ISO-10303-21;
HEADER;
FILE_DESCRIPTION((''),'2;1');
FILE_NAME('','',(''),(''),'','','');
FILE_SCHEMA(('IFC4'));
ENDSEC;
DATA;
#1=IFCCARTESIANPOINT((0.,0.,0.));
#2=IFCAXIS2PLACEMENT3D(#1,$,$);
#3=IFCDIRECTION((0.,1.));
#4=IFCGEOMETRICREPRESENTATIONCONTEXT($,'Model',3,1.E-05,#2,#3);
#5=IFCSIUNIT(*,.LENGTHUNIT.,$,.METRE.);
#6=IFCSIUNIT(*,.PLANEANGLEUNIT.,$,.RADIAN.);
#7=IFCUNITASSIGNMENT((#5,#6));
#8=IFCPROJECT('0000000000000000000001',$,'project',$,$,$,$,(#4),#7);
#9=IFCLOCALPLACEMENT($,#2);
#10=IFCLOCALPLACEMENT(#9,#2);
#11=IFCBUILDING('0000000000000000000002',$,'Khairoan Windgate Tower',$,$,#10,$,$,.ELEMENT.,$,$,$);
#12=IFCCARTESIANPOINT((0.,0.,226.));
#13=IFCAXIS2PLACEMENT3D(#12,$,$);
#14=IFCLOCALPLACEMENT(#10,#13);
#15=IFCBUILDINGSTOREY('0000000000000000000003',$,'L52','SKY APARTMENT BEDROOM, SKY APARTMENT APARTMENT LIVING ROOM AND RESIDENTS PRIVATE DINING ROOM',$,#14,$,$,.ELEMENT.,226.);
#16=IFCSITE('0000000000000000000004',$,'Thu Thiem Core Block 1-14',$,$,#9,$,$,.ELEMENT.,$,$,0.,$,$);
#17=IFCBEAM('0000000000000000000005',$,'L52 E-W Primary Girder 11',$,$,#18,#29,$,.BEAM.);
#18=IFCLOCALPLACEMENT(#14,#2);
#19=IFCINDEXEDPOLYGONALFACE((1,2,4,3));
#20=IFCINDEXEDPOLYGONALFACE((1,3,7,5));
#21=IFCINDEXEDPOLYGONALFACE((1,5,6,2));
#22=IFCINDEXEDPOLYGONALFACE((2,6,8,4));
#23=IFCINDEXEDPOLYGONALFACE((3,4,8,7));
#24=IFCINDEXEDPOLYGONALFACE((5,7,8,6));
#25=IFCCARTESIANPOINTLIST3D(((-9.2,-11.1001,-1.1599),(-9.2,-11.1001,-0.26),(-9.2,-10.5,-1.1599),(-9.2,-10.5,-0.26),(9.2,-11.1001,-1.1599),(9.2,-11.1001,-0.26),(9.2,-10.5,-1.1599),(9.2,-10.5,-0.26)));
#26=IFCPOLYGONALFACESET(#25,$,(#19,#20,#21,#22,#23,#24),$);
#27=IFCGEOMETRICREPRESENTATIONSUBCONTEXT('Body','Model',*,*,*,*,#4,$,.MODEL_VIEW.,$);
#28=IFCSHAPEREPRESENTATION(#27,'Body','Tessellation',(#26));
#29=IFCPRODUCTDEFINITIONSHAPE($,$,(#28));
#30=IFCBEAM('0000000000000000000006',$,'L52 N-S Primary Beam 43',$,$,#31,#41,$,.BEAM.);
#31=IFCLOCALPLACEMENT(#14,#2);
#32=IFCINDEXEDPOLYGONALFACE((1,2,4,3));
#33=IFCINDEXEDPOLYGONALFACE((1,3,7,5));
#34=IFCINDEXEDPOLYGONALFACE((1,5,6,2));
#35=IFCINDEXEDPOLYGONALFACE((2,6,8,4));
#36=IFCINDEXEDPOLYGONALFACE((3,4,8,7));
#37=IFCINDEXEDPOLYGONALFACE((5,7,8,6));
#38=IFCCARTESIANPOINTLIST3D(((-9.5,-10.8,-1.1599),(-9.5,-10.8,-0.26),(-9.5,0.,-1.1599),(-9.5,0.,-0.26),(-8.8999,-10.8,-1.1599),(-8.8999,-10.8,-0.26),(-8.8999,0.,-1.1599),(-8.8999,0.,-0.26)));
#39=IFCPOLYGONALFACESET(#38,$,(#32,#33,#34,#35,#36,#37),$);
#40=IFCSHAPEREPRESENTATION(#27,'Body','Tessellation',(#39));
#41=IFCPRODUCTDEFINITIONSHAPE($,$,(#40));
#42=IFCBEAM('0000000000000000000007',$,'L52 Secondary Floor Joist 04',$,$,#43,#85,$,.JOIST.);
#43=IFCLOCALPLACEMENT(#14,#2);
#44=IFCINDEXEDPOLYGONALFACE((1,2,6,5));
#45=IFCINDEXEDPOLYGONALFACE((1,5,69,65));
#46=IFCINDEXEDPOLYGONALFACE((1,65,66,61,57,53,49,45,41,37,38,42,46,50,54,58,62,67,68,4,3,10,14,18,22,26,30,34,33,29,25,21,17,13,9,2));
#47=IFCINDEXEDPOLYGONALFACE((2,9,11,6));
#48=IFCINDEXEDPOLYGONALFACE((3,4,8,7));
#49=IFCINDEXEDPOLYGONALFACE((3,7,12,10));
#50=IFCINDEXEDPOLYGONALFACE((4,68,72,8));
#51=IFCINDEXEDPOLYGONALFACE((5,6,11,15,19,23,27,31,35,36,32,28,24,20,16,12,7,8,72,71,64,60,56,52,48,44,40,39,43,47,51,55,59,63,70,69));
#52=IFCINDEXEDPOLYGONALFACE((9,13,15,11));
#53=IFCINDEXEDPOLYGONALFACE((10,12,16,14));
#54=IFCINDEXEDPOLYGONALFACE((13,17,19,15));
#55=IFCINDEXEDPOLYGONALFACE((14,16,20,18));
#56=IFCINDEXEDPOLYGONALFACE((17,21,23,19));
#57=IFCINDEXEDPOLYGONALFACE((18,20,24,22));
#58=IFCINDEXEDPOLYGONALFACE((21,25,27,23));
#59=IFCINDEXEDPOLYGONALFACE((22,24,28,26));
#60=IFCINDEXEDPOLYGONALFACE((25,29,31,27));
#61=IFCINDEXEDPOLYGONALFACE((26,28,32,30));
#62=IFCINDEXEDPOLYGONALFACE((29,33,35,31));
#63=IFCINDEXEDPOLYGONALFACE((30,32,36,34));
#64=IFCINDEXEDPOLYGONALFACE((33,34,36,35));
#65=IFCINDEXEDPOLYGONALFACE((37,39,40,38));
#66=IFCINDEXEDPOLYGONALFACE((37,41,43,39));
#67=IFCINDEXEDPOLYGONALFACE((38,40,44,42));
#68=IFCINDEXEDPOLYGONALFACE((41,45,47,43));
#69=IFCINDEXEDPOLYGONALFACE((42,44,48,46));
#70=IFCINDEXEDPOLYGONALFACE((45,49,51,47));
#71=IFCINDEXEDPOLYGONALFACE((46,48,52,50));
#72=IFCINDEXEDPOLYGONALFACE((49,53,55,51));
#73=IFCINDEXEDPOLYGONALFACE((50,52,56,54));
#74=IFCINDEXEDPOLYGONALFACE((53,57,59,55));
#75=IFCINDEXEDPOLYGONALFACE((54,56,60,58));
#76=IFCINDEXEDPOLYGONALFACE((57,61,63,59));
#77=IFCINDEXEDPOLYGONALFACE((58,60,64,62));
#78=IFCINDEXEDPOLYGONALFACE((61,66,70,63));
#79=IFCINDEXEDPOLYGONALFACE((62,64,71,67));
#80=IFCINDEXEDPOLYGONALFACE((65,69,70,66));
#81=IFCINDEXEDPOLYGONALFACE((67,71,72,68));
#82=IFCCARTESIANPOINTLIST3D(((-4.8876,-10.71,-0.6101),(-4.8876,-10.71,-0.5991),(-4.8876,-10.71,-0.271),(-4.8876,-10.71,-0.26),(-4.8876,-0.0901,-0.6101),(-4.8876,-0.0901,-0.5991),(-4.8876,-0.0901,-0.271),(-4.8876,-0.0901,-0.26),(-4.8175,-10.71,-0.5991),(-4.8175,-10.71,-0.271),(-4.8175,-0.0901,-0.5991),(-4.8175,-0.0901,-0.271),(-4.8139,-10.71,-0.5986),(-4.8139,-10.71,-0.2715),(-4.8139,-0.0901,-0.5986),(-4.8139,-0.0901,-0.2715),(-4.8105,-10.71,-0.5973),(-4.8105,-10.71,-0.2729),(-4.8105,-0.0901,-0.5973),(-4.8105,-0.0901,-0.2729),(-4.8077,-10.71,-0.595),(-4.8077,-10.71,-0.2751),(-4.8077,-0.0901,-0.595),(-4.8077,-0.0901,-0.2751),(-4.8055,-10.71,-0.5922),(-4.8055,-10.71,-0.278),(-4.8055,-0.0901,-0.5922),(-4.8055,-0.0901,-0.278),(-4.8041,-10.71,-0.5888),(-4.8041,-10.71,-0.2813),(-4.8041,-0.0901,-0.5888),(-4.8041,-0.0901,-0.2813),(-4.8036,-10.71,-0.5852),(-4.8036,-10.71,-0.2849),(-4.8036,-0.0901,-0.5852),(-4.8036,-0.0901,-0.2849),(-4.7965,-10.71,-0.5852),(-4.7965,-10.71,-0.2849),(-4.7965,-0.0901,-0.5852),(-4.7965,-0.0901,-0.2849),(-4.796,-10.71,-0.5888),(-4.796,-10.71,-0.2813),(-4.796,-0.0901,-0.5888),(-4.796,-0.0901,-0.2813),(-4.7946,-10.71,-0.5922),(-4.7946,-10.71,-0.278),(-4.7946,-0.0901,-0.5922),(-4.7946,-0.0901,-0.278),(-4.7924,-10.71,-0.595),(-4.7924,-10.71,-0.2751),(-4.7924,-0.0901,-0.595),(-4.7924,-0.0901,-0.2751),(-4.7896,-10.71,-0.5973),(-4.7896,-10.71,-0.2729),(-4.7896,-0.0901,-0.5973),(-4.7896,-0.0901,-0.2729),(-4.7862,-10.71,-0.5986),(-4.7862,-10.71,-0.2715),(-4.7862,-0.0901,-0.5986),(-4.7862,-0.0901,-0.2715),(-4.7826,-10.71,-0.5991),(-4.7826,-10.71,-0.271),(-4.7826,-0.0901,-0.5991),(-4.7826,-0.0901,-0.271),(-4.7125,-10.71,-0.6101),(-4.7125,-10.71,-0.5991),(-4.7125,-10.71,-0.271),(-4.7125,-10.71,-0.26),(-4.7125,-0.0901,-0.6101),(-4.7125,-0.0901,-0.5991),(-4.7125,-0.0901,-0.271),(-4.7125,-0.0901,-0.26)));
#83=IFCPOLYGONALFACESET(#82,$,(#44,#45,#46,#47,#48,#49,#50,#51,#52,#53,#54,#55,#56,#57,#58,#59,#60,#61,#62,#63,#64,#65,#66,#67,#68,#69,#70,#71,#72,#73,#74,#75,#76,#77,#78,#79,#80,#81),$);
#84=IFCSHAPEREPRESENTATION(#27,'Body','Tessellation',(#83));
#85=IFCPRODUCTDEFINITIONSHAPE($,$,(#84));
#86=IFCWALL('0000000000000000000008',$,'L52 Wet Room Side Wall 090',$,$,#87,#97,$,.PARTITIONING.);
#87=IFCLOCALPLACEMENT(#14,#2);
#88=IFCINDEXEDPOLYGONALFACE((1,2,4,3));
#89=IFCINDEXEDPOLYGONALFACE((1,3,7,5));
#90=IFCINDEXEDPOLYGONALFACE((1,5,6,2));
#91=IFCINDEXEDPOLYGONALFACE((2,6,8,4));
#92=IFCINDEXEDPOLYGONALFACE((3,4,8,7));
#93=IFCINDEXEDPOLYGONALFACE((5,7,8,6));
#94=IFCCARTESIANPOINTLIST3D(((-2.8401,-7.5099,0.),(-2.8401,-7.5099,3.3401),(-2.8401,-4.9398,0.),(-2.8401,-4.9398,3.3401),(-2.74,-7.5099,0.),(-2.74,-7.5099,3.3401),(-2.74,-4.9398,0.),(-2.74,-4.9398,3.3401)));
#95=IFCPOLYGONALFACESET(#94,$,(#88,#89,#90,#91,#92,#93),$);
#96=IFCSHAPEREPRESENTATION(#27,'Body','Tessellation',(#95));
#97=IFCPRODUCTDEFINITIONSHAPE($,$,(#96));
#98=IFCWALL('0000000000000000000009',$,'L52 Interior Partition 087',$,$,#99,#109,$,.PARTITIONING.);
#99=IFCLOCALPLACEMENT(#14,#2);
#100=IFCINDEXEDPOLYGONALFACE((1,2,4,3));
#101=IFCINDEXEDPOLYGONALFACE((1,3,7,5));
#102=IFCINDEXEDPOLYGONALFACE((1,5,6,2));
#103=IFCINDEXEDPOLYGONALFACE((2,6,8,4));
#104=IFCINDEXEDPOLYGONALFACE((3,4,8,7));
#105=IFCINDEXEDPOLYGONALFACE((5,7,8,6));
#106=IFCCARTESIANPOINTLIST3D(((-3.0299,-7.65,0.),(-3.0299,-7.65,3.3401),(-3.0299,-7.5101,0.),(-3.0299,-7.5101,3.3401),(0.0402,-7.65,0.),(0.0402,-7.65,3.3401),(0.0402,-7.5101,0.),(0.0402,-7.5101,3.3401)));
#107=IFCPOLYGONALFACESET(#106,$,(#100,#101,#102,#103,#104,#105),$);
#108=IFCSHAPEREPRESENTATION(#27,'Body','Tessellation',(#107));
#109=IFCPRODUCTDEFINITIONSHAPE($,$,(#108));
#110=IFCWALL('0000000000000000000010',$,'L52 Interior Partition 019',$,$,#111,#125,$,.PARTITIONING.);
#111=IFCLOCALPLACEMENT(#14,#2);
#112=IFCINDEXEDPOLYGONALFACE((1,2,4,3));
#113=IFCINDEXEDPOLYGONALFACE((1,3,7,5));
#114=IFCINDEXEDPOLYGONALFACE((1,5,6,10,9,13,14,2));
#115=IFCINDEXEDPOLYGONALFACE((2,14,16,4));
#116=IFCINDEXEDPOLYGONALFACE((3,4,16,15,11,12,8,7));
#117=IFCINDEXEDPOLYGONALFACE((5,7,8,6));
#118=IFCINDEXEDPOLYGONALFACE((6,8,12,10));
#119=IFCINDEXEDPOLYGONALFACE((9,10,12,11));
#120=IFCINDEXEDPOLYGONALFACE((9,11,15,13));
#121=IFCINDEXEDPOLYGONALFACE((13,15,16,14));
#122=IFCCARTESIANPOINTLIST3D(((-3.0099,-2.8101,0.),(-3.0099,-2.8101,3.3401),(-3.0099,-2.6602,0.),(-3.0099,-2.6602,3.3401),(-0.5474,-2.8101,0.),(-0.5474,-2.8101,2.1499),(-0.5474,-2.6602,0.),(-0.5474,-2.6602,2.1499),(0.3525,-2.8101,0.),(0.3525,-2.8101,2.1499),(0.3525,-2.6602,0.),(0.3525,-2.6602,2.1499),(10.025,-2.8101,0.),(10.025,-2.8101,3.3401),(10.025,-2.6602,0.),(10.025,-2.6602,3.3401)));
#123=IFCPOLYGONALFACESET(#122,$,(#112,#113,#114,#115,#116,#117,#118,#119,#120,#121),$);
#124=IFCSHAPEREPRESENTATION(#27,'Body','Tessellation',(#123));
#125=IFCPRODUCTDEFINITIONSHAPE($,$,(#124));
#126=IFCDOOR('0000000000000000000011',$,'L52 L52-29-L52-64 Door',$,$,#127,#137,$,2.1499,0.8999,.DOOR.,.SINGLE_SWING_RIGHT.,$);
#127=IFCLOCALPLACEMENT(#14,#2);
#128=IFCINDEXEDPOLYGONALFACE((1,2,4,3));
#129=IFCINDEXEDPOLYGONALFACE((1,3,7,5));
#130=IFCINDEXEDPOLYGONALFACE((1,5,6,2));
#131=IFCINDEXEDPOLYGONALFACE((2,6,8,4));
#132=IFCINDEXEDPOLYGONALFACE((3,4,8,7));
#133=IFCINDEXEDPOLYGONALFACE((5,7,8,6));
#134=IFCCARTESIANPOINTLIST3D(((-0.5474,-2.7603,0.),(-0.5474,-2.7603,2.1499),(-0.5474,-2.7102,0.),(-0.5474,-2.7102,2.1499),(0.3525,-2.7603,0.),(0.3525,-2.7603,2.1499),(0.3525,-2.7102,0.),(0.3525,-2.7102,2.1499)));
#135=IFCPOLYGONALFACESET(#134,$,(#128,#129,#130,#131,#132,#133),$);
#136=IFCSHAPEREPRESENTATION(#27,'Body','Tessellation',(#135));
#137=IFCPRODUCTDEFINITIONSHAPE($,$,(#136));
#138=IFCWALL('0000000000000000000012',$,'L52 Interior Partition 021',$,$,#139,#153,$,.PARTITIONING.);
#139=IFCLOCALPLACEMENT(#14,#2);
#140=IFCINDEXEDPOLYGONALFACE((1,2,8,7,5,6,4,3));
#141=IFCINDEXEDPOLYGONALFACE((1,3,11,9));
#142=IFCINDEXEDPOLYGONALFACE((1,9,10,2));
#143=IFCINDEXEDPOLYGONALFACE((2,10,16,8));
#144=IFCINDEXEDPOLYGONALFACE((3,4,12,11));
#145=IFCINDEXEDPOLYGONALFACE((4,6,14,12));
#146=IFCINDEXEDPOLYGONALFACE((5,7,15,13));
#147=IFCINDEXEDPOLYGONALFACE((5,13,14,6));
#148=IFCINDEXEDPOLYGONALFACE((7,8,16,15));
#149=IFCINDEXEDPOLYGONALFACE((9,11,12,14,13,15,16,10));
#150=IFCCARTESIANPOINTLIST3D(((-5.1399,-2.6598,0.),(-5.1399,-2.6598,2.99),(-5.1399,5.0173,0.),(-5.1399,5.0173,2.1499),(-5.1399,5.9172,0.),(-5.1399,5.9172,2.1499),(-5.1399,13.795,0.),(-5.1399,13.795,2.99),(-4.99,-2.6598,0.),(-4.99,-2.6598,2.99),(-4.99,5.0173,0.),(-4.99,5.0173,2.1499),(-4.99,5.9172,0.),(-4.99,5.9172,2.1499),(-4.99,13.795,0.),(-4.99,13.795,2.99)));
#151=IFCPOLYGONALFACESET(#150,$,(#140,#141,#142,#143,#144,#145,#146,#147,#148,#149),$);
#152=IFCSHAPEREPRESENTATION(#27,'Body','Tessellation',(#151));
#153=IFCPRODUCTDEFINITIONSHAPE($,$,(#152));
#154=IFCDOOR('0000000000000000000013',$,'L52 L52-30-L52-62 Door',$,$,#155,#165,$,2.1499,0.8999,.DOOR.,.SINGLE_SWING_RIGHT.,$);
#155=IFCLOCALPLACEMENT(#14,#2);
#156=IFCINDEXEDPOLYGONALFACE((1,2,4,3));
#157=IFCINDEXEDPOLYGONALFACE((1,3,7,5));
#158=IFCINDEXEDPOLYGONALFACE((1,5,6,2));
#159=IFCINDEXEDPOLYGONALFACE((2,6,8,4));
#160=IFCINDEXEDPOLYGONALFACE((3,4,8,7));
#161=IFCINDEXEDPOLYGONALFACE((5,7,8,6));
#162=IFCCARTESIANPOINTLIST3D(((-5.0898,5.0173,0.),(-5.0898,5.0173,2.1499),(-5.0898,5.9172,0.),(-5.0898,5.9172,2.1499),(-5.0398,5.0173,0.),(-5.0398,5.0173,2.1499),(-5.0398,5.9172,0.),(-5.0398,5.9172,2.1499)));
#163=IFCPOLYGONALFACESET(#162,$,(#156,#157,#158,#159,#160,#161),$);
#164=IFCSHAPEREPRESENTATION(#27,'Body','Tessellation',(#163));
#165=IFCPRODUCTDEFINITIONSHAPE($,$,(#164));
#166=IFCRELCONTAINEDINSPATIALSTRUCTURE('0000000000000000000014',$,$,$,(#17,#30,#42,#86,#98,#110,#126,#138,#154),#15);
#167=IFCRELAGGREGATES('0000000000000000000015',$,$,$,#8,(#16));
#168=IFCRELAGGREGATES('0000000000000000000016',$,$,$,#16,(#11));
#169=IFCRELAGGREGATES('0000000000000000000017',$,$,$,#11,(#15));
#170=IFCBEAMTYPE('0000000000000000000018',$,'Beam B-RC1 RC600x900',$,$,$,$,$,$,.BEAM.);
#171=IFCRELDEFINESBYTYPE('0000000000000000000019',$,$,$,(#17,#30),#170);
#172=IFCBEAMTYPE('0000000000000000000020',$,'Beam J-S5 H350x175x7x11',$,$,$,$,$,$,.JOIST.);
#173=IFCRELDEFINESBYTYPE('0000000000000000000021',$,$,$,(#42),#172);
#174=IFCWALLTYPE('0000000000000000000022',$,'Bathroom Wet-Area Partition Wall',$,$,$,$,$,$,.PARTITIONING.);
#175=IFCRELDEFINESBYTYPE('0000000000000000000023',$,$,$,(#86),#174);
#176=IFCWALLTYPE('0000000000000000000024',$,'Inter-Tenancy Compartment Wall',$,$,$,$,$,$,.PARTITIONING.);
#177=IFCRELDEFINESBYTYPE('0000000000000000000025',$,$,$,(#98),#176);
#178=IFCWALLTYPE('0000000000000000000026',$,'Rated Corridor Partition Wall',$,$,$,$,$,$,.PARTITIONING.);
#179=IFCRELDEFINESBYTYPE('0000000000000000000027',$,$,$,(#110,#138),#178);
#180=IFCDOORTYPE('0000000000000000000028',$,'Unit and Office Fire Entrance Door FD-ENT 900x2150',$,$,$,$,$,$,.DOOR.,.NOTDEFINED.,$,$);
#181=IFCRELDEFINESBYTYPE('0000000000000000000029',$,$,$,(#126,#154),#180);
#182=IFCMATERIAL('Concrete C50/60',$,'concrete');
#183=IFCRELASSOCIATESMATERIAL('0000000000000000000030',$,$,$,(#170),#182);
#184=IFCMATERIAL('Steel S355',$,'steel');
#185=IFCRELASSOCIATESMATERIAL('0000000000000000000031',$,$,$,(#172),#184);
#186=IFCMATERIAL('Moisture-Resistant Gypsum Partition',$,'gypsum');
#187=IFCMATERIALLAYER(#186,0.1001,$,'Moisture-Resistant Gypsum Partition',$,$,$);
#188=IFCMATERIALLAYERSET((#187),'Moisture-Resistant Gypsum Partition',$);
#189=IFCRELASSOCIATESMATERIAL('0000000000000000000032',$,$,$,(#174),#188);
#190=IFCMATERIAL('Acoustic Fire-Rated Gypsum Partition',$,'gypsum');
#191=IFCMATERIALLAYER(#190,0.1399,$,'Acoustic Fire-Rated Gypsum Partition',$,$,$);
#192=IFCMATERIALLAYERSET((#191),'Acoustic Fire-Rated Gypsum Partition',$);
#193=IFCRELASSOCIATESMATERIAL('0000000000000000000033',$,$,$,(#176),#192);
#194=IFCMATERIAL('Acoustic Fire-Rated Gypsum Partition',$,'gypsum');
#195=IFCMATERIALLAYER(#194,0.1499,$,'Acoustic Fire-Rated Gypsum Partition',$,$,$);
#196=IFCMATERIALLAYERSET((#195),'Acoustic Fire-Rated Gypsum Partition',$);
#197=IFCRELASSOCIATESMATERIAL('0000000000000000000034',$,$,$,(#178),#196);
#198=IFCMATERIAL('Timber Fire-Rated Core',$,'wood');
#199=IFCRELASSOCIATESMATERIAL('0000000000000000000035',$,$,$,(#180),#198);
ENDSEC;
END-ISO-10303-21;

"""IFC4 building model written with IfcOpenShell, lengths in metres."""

from ifc_helpers import new_model, si_unit, direction, frame, frame_2d, origin, origin_2d, place, context, subcontext, project, spatial, rectangle, i_section, extrude, material, layer, layer_set, material_profile, profile_set, type_object, element, fill, save


model = new_model("IFC4")

# Units and contexts
model_context = context("Model", 3, precision=1e-05, world=origin(), true_north=direction((0.0, 1.0)))
body_context = subcontext(model_context, "Body", "Model", "MODEL_VIEW")
ifc_project = project(units=[si_unit("LENGTHUNIT", "METRE"), si_unit("PLANEANGLEUNIT", "RADIAN")], contexts=[model_context])

# Site, building, storey
site_placement = place(None, origin())
site = spatial("IfcSite", under=ifc_project, at=site_placement, Name="Thu Thiem Core Block 1-14", CompositionType="ELEMENT", RefElevation=0.0)
building_placement = place(site_placement, origin())
building = spatial("IfcBuilding", under=site, at=building_placement, Name="Khairoan Windgate Tower", CompositionType="ELEMENT")
storey_placement = place(building_placement, frame((0.0, 0.0, 226.0)))
storey = spatial("IfcBuildingStorey", under=building, at=storey_placement, Name="L52", Description="SKY APARTMENT BEDROOM, SKY APARTMENT APARTMENT LIVING ROOM AND RESIDENTS PRIVATE DINING ROOM", CompositionType="ELEMENT", Elevation=226.0)

# Beams
ifc_material_1 = material(Name="Concrete C50/60", Category="concrete")
ifc_material_profile_1 = material_profile(ifc_material_1, rectangle(XDim=0.6001, YDim=0.8999, at=origin_2d()))
ifc_profile_set_1 = profile_set([ifc_material_profile_1], Name="Concrete C50/60")
beam_type_1 = type_object("IfcBeamType", Name="Beam B-RC1 RC600x900", PredefinedType="BEAM", material=ifc_profile_set_1)
beam_1_placement = place(storey_placement, frame((-9.2, -10.8, -0.71), z_axis=(1.0, 0.0, 0.0), x_axis=(0.0, 1.0, 0.0)))
element("IfcBeam", 1, at=beam_1_placement, inside=storey, type_object=beam_type_1, Name="L52 E-W Primary Girder 11", PredefinedType="BEAM", context=body_context, shape_type="SweptSolid", body=[
    extrude(rectangle(XDim=0.6001, YDim=0.8999, at=origin_2d()), origin(), (0.0, 0.0, 1.0), 18.3999),
])
beam_2_placement = place(storey_placement, frame((-9.2, -10.8, -0.71), z_axis=(0.0, 1.0, 0.0), x_axis=(-1.0, 0.0, 0.0)))
element("IfcBeam", 2, at=beam_2_placement, inside=storey, type_object=beam_type_1, Name="L52 N-S Primary Beam 43", PredefinedType="BEAM", context=body_context, shape_type="SweptSolid", body=[
    extrude(rectangle(XDim=0.6001, YDim=0.8999, at=origin_2d()), origin(), (0.0, 0.0, 1.0), 10.8),
])
ifc_material_2 = material(Name="Steel S355", Category="steel")
ifc_material_profile_2 = material_profile(ifc_material_2, i_section(OverallWidth=0.175, OverallDepth=0.3501, WebThickness=0.0071, FlangeThickness=0.011, FilletRadius=0.0139, at=origin_2d()))
ifc_profile_set_2 = profile_set([ifc_material_profile_2], Name="Steel S355")
beam_type_2 = type_object("IfcBeamType", Name="Beam J-S5 H350x175x7x11", PredefinedType="JOIST", material=ifc_profile_set_2)
beam_3_placement = place(storey_placement, frame((-4.8, -10.71, -0.4351), z_axis=(0.0, 1.0, 0.0), x_axis=(-1.0, 0.0, 0.0)))
element("IfcBeam", 3, at=beam_3_placement, inside=storey, type_object=beam_type_2, Name="L52 Secondary Floor Joist 04", PredefinedType="JOIST", context=body_context, shape_type="SweptSolid", body=[
    extrude(i_section(OverallWidth=0.175, OverallDepth=0.3501, WebThickness=0.0071, FlangeThickness=0.011, FilletRadius=0.0139, at=origin_2d()), origin(), (0.0, 0.0, 1.0), 10.6199),
])

# Walls
ifc_material_3 = material(Name="Moisture-Resistant Gypsum Partition", Category="gypsum")
ifc_layer_1 = layer(ifc_material_3, 0.1001, Name="Moisture-Resistant Gypsum Partition")
ifc_layer_set_1 = layer_set([ifc_layer_1], Name="Moisture-Resistant Gypsum Partition")
wall_type_1 = type_object("IfcWallType", Name="Bathroom Wet-Area Partition Wall", PredefinedType="PARTITIONING", material=ifc_layer_set_1)
wall_1_placement = place(storey_placement, frame((-2.79, -7.51, 0.0), z_axis=(0.0, 0.0, 1.0), x_axis=(0.0, 1.0, 0.0)))
element("IfcWall", 4, at=wall_1_placement, inside=storey, type_object=wall_type_1, Name="L52 Wet Room Side Wall 090", PredefinedType="PARTITIONING", context=body_context, shape_type="SweptSolid", body=[
    extrude(rectangle(XDim=2.5701, YDim=0.1001, at=frame_2d((1.2852, 0.0))), origin(), (0.0, 0.0, 1.0), 3.3401),
])
ifc_material_4 = material(Name="Acoustic Fire-Rated Gypsum Partition", Category="gypsum")
ifc_layer_2 = layer(ifc_material_4, 0.1399, Name="Acoustic Fire-Rated Gypsum Partition")
ifc_layer_set_2 = layer_set([ifc_layer_2], Name="Acoustic Fire-Rated Gypsum Partition")
wall_type_2 = type_object("IfcWallType", Name="Inter-Tenancy Compartment Wall", PredefinedType="PARTITIONING", material=ifc_layer_set_2)
wall_2_placement = place(storey_placement, frame((-3.03, -7.5801, 0.0), z_axis=(0.0, 0.0, 1.0), x_axis=(1.0, 0.0, 0.0)))
element("IfcWall", 5, at=wall_2_placement, inside=storey, type_object=wall_type_2, Name="L52 Interior Partition 087", PredefinedType="PARTITIONING", context=body_context, shape_type="SweptSolid", body=[
    extrude(rectangle(XDim=3.0701, YDim=0.1399, at=frame_2d((1.5352, 0.0))), origin(), (0.0, 0.0, 1.0), 3.3401),
])

# Walls, openings, doors
ifc_material_5 = material(Name="Acoustic Fire-Rated Gypsum Partition", Category="gypsum")
ifc_layer_3 = layer(ifc_material_5, 0.1499, Name="Acoustic Fire-Rated Gypsum Partition")
ifc_layer_set_3 = layer_set([ifc_layer_3], Name="Acoustic Fire-Rated Gypsum Partition")
wall_type_3 = type_object("IfcWallType", Name="Rated Corridor Partition Wall", PredefinedType="PARTITIONING", material=ifc_layer_set_3)
wall_3_placement = place(storey_placement, frame((-3.01, -2.7351, 0.0), z_axis=(0.0, 0.0, 1.0), x_axis=(1.0, 0.0, 0.0)))
wall_3 = element("IfcWall", 6, at=wall_3_placement, inside=storey, type_object=wall_type_3, Name="L52 Interior Partition 019", PredefinedType="PARTITIONING", context=body_context, shape_type="SweptSolid", body=[
    extrude(rectangle(XDim=13.0349, YDim=0.1499, at=frame_2d((6.5176, 0.0))), origin(), (0.0, 0.0, 1.0), 3.3401),
])
opening_1_placement = place(wall_3_placement, frame((2.4626, 0.0, 0.0)))
opening_1 = element("IfcOpeningElement", 7, at=opening_1_placement, cuts=wall_3, PredefinedType="OPENING", context=body_context, shape_type="SweptSolid", body=[
    extrude(rectangle(XDim=0.8999, YDim=2.1499, at=frame_2d((0.45, 1.075))), frame((0.0, 0.085, 0.0), z_axis=(0.0, -1.0, 0.0), x_axis=(1.0, 0.0, 0.0)), (0.0, 0.0, 1.0), 0.1699),
])
ifc_material_6 = material(Name="Timber Fire-Rated Core", Category="wood")
door_type = type_object("IfcDoorType", Name="Unit and Office Fire Entrance Door FD-ENT 900x2150", OperationType="NOTDEFINED", PredefinedType="DOOR", material=ifc_material_6)
door_1_placement = place(opening_1_placement, origin())
door_1 = element("IfcDoor", 8, at=door_1_placement, inside=storey, type_object=door_type, Name="L52 L52-29-L52-64 Door", OperationType="SINGLE_SWING_RIGHT", OverallHeight=2.1499, OverallWidth=0.8999, PredefinedType="DOOR", context=body_context, shape_type="SweptSolid", body=[
    extrude(rectangle(XDim=0.8999, YDim=2.1499, at=frame_2d((0.45, 1.075))), frame((0.0, 0.0249, 0.0), z_axis=(0.0, -1.0, 0.0), x_axis=(1.0, 0.0, 0.0)), (0.0, 0.0, 1.0), 0.05),
])
fill(opening_1, door_1)
wall_4_placement = place(storey_placement, frame((-5.0649, -2.6599, 0.0), z_axis=(0.0, 0.0, 1.0), x_axis=(0.0, 1.0, 0.0)))
wall_4 = element("IfcWall", 9, at=wall_4_placement, inside=storey, type_object=wall_type_3, Name="L52 Interior Partition 021", PredefinedType="PARTITIONING", context=body_context, shape_type="SweptSolid", body=[
    extrude(rectangle(XDim=16.4548, YDim=0.1499, at=frame_2d((8.2275, 0.0))), origin(), (0.0, 0.0, 1.0), 2.99),
])
opening_2_placement = place(wall_4_placement, frame((7.6772, 0.0, 0.0)))
opening_2 = element("IfcOpeningElement", 10, at=opening_2_placement, cuts=wall_4, PredefinedType="OPENING", context=body_context, shape_type="SweptSolid", body=[
    extrude(rectangle(XDim=0.8999, YDim=2.1499, at=frame_2d((0.45, 1.075))), frame((0.0, 0.085, 0.0), z_axis=(0.0, -1.0, 0.0), x_axis=(1.0, 0.0, 0.0)), (0.0, 0.0, 1.0), 0.1699),
])
door_2_placement = place(opening_2_placement, origin())
door_2 = element("IfcDoor", 11, at=door_2_placement, inside=storey, type_object=door_type, Name="L52 L52-30-L52-62 Door", OperationType="SINGLE_SWING_RIGHT", OverallHeight=2.1499, OverallWidth=0.8999, PredefinedType="DOOR", context=body_context, shape_type="SweptSolid", body=[
    extrude(rectangle(XDim=0.8999, YDim=2.1499, at=frame_2d((0.45, 1.075))), frame((0.0, 0.0249, 0.0), z_axis=(0.0, -1.0, 0.0), x_axis=(1.0, 0.0, 0.0)), (0.0, 0.0, 1.0), 0.05),
])
fill(opening_2, door_2)

save(model, "model.ifc")
